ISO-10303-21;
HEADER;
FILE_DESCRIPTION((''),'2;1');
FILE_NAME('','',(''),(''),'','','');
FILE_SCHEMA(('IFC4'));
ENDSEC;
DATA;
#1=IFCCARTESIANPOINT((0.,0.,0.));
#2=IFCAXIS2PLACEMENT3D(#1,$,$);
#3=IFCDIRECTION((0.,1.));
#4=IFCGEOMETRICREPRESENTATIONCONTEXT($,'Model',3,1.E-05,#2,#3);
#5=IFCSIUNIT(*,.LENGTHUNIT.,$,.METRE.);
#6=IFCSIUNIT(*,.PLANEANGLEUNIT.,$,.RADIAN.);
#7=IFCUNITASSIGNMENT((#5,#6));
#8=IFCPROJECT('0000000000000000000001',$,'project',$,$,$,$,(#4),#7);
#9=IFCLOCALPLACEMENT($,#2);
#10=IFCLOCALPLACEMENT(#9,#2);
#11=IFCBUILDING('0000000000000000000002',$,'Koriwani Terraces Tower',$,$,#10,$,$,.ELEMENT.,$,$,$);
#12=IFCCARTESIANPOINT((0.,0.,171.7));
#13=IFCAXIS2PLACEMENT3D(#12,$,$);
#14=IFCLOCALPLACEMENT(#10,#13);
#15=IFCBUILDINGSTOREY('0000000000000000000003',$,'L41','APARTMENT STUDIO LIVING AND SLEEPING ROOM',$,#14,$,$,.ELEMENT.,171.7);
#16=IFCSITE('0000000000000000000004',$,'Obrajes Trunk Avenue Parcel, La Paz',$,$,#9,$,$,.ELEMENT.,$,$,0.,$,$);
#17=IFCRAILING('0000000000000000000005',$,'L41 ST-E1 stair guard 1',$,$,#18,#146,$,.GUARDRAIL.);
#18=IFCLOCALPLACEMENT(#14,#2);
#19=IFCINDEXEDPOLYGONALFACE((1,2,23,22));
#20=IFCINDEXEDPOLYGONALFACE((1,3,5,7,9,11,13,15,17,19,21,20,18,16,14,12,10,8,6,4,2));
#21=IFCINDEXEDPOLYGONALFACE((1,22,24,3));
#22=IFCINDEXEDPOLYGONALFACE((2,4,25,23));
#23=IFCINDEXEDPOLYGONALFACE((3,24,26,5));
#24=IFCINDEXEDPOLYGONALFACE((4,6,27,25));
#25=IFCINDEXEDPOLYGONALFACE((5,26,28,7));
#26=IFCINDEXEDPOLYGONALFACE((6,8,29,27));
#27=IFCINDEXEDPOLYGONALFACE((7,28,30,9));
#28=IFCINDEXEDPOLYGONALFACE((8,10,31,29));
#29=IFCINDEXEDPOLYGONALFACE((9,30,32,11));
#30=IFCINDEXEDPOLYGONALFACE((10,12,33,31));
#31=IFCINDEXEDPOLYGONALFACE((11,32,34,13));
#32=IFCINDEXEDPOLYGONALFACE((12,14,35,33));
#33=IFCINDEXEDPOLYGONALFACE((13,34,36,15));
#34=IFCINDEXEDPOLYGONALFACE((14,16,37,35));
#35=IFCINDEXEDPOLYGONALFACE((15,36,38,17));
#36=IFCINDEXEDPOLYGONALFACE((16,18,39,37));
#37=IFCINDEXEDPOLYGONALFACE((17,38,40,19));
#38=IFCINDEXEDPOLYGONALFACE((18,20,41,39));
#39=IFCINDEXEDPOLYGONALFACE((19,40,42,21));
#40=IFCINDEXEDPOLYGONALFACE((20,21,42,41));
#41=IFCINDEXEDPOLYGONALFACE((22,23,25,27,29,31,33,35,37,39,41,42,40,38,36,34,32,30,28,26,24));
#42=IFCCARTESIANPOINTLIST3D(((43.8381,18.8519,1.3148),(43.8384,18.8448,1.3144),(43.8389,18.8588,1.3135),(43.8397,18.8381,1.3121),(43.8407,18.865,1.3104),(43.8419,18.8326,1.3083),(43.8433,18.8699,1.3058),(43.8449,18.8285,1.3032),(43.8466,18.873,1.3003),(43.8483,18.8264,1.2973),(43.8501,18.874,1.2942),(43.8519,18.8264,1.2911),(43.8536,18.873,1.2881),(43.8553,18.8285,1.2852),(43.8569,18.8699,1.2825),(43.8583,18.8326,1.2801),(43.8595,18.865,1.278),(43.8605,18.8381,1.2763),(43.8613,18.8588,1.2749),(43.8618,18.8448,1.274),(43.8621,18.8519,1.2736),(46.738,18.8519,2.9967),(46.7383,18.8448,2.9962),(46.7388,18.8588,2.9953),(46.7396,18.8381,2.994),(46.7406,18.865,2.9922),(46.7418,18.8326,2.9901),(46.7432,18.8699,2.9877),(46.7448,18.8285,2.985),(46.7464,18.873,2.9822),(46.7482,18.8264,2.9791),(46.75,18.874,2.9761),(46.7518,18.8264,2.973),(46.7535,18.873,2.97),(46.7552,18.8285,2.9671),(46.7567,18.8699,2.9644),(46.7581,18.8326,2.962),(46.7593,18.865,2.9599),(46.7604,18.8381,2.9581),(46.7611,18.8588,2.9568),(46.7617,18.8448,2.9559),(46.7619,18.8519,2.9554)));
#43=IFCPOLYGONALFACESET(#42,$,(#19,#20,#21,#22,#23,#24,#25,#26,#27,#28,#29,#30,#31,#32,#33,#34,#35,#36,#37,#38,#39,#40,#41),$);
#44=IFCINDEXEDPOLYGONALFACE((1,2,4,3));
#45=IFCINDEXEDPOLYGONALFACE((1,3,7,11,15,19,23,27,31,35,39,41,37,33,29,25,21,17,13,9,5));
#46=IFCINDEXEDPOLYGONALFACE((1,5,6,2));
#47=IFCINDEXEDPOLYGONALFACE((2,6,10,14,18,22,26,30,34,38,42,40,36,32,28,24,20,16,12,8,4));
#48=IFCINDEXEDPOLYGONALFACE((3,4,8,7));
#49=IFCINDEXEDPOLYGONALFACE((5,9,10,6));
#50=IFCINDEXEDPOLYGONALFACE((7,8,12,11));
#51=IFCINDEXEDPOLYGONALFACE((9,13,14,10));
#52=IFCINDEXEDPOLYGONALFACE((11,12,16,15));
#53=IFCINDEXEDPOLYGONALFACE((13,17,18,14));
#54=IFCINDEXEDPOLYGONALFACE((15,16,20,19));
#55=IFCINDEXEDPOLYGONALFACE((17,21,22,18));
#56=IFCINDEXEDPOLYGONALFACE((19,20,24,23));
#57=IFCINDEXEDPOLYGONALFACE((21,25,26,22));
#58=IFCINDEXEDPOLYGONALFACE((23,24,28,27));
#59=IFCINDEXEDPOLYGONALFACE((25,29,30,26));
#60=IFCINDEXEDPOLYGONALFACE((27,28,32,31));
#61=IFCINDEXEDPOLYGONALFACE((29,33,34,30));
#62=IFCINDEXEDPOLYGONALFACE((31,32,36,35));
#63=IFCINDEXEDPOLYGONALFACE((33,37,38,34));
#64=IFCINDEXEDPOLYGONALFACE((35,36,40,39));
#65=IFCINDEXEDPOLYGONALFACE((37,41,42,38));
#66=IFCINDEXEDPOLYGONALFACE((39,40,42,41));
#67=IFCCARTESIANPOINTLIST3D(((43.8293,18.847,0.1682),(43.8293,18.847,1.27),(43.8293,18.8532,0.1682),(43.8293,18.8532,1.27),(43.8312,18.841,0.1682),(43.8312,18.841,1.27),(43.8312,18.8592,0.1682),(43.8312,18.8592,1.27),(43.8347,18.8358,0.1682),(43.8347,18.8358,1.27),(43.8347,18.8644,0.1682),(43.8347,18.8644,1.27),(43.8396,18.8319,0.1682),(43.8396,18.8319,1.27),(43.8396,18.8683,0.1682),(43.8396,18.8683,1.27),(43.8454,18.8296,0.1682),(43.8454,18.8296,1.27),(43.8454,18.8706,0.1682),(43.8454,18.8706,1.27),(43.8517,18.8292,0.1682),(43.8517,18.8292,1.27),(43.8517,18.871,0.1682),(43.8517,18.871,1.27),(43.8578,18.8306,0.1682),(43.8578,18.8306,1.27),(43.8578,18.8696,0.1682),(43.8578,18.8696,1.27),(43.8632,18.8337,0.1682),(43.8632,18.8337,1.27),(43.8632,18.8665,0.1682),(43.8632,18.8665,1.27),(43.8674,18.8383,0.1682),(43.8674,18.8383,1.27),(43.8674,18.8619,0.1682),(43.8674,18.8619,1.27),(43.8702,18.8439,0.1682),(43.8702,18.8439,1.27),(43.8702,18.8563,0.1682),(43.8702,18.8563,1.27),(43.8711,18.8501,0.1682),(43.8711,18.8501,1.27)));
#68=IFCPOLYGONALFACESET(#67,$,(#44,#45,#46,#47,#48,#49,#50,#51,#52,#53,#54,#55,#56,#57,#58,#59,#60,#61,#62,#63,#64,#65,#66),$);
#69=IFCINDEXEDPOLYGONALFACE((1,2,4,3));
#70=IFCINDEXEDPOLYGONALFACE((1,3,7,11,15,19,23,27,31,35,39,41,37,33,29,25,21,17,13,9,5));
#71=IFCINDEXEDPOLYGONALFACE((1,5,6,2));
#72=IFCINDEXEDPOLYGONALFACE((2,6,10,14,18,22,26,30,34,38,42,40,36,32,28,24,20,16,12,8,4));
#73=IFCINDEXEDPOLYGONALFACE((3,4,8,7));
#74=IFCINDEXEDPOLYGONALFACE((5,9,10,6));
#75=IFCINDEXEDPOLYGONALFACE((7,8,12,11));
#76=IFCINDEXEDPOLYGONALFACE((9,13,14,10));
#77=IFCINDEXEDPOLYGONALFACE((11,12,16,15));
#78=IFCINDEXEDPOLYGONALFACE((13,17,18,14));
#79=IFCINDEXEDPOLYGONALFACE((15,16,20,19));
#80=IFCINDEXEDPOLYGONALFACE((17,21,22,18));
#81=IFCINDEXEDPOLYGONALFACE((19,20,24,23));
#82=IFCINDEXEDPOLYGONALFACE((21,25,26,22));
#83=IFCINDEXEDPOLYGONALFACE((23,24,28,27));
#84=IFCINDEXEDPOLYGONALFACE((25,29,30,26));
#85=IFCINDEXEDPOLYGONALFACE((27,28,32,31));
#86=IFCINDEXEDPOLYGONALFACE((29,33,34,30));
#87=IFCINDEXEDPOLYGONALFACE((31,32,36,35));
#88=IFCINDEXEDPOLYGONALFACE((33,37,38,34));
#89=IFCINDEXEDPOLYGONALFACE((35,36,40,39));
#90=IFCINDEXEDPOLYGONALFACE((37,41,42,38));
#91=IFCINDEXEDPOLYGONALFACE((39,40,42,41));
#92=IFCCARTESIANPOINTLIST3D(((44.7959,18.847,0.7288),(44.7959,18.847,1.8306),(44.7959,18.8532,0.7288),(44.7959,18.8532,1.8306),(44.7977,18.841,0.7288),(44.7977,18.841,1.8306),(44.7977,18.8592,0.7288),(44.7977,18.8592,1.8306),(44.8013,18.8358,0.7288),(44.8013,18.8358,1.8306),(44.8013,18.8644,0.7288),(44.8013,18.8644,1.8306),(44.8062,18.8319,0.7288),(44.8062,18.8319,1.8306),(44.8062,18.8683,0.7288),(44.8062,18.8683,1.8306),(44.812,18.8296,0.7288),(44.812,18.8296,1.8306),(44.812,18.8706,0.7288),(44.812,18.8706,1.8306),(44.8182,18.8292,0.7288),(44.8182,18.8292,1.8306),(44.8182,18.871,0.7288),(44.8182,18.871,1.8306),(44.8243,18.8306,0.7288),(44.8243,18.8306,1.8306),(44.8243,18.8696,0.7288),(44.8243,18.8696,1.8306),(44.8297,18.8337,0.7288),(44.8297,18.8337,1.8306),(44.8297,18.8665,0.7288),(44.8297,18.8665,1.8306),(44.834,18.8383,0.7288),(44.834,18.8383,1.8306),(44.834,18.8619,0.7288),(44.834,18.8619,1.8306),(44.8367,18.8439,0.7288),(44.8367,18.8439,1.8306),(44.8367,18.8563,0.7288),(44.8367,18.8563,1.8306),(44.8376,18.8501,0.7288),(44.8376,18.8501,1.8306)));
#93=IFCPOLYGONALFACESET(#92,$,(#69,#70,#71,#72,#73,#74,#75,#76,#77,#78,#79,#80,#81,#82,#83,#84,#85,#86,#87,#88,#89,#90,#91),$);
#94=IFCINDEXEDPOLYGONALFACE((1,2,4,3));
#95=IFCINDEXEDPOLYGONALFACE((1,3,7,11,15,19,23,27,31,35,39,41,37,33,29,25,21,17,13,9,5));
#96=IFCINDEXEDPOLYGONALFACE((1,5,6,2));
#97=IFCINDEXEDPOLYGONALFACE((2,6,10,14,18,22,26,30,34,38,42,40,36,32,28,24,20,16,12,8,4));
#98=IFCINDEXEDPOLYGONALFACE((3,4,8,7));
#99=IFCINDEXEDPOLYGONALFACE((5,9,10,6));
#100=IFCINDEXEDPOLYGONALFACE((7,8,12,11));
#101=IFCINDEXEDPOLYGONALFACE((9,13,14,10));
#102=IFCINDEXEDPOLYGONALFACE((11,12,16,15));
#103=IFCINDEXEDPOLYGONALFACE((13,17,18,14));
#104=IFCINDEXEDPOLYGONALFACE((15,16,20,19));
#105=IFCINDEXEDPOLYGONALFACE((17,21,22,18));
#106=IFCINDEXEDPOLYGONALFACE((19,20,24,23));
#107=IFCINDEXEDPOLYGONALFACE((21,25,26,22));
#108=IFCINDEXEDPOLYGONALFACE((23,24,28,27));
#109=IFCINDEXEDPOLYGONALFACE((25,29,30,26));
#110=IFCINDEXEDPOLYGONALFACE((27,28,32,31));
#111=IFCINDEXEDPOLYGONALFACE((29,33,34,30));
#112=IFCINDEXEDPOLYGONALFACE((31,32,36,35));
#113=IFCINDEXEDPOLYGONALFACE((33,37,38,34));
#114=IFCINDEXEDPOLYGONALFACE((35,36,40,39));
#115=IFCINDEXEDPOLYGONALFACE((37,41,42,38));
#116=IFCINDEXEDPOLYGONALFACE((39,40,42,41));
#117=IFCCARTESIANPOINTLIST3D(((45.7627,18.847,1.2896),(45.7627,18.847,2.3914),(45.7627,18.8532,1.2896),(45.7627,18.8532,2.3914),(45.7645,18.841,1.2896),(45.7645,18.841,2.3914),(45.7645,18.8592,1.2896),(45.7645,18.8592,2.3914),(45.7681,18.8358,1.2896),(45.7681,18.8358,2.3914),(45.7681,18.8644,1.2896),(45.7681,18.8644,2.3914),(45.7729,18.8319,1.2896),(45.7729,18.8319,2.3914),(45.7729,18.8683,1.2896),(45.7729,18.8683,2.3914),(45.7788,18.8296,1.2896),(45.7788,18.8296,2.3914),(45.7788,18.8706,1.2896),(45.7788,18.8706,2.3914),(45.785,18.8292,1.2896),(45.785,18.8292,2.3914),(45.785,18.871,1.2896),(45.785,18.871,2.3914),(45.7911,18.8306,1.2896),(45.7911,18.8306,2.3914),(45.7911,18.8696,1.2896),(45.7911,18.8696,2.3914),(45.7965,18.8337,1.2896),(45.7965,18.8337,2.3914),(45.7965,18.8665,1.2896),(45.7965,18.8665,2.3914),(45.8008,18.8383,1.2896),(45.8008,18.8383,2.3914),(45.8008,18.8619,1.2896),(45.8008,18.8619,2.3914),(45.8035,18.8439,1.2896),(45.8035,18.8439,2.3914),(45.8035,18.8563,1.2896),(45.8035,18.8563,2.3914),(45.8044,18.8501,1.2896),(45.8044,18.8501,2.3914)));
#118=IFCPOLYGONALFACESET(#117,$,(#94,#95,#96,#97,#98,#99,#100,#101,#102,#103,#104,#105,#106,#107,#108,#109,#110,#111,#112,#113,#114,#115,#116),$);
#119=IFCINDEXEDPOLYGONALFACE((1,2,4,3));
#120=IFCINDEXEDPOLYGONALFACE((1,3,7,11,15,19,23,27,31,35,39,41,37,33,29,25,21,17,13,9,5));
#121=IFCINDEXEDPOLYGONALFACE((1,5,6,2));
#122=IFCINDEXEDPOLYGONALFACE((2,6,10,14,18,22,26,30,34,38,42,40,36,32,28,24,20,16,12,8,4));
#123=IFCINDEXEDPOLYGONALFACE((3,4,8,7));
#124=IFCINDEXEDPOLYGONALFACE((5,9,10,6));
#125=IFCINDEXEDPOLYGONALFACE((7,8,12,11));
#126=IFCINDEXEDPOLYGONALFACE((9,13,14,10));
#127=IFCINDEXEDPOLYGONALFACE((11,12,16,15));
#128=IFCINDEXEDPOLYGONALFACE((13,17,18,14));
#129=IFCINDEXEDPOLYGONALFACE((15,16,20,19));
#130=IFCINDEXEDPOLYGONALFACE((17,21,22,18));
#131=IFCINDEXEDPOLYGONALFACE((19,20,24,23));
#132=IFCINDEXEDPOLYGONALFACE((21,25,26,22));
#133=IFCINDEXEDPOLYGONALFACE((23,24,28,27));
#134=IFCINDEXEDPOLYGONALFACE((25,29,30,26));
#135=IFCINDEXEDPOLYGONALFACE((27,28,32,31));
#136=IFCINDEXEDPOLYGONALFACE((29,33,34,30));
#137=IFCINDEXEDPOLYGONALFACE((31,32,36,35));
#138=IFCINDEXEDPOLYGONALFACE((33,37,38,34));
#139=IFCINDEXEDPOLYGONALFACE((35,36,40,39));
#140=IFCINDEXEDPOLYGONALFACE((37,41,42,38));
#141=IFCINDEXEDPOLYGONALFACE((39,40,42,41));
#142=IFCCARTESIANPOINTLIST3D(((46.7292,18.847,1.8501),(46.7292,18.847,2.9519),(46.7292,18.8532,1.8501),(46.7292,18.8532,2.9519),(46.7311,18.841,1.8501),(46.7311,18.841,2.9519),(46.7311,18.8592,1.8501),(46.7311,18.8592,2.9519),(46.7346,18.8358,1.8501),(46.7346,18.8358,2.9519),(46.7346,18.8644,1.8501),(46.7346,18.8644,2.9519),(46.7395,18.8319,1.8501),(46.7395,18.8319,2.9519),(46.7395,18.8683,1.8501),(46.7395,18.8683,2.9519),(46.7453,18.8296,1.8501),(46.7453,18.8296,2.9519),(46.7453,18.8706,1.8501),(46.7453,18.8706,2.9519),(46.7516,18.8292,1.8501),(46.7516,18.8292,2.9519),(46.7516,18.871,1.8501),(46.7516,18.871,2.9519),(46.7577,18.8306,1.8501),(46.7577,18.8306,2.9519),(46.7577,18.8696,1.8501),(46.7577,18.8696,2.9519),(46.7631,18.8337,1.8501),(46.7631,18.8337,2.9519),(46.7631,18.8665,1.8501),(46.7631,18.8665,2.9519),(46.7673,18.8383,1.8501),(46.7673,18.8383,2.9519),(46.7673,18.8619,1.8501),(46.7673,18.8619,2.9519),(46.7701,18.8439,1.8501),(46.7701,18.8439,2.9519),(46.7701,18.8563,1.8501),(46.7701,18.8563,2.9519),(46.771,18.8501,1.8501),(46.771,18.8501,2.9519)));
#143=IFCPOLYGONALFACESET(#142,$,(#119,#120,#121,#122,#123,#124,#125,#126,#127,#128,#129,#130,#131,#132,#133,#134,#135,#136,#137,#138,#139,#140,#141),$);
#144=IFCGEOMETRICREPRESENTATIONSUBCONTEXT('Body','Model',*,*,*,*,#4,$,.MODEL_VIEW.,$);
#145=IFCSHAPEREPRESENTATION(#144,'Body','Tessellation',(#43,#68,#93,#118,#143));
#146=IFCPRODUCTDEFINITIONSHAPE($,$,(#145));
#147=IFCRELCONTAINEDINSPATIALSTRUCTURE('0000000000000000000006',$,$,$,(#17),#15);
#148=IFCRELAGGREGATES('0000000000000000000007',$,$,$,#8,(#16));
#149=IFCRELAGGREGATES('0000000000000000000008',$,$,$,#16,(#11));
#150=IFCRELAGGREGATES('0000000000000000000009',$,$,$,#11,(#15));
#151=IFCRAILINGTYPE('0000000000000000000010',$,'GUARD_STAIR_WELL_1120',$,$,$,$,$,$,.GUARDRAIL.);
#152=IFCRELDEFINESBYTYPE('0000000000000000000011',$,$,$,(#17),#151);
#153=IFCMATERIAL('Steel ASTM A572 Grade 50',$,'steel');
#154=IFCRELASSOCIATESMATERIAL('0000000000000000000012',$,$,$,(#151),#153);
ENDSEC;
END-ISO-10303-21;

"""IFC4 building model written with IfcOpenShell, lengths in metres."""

from ifc_helpers import new_model, si_unit, direction, frame, origin, origin_2d, place, context, subcontext, project, spatial, circle, extrude, material, type_object, element, save


model = new_model("IFC4")

# Units and contexts
model_context = context("Model", 3, precision=1e-05, world=origin(), true_north=direction((0.0, 1.0)))
body_context = subcontext(model_context, "Body", "Model", "MODEL_VIEW")
ifc_project = project(units=[si_unit("LENGTHUNIT", "METRE"), si_unit("PLANEANGLEUNIT", "RADIAN")], contexts=[model_context])

# Site, building, storey
site_placement = place(None, origin())
site = spatial("IfcSite", under=ifc_project, at=site_placement, Name="Obrajes Trunk Avenue Parcel, La Paz", CompositionType="ELEMENT", RefElevation=0.0)
building_placement = place(site_placement, origin())
building = spatial("IfcBuilding", under=site, at=building_placement, Name="Koriwani Terraces Tower", CompositionType="ELEMENT")
storey_placement = place(building_placement, frame((0.0, 0.0, 171.7)))
storey = spatial("IfcBuildingStorey", under=building, at=storey_placement, Name="L41", Description="APARTMENT STUDIO LIVING AND SLEEPING ROOM", CompositionType="ELEMENT", Elevation=171.7)

# Shared definitions
ifc_material_1 = material(Name="Steel ASTM A572 Grade 50", Category="steel")

# Railing
railing_type_1 = type_object("IfcRailingType", Name="GUARD_STAIR_WELL_1120", PredefinedType="GUARDRAIL", material=ifc_material_1)
railing_1_placement = place(storey_placement, frame((43.8501, 18.8501, 0.1682)))
element("IfcRailing", 1, at=railing_1_placement, inside=storey, type_object=railing_type_1, Name="L41 ST-E1 stair guard 1", PredefinedType="GUARDRAIL", context=body_context, shape_type="SweptSolid", body=[
    extrude(circle(Radius=0.0239, at=origin_2d()), frame((0.0, 0.0, 1.126), z_axis=(0.865039, 0.0, 0.501705), x_axis=(0.0, 1.0, 0.0)), (0.0, 0.0, 1.0), 3.3523),
    extrude(circle(Radius=0.021, at=origin_2d()), origin(), (0.0, 0.0, 1.0), 1.1018),
    extrude(circle(Radius=0.021, at=origin_2d()), frame((0.9666, 0.0, 0.5605)), (0.0, 0.0, 1.0), 1.1018),
    extrude(circle(Radius=0.021, at=origin_2d()), frame((1.9333, 0.0, 1.1213)), (0.0, 0.0, 1.0), 1.1018),
    extrude(circle(Radius=0.021, at=origin_2d()), frame((2.8999, 0.0, 1.6819)), (0.0, 0.0, 1.0), 1.1018),
])

save(model, "model.ifc")
